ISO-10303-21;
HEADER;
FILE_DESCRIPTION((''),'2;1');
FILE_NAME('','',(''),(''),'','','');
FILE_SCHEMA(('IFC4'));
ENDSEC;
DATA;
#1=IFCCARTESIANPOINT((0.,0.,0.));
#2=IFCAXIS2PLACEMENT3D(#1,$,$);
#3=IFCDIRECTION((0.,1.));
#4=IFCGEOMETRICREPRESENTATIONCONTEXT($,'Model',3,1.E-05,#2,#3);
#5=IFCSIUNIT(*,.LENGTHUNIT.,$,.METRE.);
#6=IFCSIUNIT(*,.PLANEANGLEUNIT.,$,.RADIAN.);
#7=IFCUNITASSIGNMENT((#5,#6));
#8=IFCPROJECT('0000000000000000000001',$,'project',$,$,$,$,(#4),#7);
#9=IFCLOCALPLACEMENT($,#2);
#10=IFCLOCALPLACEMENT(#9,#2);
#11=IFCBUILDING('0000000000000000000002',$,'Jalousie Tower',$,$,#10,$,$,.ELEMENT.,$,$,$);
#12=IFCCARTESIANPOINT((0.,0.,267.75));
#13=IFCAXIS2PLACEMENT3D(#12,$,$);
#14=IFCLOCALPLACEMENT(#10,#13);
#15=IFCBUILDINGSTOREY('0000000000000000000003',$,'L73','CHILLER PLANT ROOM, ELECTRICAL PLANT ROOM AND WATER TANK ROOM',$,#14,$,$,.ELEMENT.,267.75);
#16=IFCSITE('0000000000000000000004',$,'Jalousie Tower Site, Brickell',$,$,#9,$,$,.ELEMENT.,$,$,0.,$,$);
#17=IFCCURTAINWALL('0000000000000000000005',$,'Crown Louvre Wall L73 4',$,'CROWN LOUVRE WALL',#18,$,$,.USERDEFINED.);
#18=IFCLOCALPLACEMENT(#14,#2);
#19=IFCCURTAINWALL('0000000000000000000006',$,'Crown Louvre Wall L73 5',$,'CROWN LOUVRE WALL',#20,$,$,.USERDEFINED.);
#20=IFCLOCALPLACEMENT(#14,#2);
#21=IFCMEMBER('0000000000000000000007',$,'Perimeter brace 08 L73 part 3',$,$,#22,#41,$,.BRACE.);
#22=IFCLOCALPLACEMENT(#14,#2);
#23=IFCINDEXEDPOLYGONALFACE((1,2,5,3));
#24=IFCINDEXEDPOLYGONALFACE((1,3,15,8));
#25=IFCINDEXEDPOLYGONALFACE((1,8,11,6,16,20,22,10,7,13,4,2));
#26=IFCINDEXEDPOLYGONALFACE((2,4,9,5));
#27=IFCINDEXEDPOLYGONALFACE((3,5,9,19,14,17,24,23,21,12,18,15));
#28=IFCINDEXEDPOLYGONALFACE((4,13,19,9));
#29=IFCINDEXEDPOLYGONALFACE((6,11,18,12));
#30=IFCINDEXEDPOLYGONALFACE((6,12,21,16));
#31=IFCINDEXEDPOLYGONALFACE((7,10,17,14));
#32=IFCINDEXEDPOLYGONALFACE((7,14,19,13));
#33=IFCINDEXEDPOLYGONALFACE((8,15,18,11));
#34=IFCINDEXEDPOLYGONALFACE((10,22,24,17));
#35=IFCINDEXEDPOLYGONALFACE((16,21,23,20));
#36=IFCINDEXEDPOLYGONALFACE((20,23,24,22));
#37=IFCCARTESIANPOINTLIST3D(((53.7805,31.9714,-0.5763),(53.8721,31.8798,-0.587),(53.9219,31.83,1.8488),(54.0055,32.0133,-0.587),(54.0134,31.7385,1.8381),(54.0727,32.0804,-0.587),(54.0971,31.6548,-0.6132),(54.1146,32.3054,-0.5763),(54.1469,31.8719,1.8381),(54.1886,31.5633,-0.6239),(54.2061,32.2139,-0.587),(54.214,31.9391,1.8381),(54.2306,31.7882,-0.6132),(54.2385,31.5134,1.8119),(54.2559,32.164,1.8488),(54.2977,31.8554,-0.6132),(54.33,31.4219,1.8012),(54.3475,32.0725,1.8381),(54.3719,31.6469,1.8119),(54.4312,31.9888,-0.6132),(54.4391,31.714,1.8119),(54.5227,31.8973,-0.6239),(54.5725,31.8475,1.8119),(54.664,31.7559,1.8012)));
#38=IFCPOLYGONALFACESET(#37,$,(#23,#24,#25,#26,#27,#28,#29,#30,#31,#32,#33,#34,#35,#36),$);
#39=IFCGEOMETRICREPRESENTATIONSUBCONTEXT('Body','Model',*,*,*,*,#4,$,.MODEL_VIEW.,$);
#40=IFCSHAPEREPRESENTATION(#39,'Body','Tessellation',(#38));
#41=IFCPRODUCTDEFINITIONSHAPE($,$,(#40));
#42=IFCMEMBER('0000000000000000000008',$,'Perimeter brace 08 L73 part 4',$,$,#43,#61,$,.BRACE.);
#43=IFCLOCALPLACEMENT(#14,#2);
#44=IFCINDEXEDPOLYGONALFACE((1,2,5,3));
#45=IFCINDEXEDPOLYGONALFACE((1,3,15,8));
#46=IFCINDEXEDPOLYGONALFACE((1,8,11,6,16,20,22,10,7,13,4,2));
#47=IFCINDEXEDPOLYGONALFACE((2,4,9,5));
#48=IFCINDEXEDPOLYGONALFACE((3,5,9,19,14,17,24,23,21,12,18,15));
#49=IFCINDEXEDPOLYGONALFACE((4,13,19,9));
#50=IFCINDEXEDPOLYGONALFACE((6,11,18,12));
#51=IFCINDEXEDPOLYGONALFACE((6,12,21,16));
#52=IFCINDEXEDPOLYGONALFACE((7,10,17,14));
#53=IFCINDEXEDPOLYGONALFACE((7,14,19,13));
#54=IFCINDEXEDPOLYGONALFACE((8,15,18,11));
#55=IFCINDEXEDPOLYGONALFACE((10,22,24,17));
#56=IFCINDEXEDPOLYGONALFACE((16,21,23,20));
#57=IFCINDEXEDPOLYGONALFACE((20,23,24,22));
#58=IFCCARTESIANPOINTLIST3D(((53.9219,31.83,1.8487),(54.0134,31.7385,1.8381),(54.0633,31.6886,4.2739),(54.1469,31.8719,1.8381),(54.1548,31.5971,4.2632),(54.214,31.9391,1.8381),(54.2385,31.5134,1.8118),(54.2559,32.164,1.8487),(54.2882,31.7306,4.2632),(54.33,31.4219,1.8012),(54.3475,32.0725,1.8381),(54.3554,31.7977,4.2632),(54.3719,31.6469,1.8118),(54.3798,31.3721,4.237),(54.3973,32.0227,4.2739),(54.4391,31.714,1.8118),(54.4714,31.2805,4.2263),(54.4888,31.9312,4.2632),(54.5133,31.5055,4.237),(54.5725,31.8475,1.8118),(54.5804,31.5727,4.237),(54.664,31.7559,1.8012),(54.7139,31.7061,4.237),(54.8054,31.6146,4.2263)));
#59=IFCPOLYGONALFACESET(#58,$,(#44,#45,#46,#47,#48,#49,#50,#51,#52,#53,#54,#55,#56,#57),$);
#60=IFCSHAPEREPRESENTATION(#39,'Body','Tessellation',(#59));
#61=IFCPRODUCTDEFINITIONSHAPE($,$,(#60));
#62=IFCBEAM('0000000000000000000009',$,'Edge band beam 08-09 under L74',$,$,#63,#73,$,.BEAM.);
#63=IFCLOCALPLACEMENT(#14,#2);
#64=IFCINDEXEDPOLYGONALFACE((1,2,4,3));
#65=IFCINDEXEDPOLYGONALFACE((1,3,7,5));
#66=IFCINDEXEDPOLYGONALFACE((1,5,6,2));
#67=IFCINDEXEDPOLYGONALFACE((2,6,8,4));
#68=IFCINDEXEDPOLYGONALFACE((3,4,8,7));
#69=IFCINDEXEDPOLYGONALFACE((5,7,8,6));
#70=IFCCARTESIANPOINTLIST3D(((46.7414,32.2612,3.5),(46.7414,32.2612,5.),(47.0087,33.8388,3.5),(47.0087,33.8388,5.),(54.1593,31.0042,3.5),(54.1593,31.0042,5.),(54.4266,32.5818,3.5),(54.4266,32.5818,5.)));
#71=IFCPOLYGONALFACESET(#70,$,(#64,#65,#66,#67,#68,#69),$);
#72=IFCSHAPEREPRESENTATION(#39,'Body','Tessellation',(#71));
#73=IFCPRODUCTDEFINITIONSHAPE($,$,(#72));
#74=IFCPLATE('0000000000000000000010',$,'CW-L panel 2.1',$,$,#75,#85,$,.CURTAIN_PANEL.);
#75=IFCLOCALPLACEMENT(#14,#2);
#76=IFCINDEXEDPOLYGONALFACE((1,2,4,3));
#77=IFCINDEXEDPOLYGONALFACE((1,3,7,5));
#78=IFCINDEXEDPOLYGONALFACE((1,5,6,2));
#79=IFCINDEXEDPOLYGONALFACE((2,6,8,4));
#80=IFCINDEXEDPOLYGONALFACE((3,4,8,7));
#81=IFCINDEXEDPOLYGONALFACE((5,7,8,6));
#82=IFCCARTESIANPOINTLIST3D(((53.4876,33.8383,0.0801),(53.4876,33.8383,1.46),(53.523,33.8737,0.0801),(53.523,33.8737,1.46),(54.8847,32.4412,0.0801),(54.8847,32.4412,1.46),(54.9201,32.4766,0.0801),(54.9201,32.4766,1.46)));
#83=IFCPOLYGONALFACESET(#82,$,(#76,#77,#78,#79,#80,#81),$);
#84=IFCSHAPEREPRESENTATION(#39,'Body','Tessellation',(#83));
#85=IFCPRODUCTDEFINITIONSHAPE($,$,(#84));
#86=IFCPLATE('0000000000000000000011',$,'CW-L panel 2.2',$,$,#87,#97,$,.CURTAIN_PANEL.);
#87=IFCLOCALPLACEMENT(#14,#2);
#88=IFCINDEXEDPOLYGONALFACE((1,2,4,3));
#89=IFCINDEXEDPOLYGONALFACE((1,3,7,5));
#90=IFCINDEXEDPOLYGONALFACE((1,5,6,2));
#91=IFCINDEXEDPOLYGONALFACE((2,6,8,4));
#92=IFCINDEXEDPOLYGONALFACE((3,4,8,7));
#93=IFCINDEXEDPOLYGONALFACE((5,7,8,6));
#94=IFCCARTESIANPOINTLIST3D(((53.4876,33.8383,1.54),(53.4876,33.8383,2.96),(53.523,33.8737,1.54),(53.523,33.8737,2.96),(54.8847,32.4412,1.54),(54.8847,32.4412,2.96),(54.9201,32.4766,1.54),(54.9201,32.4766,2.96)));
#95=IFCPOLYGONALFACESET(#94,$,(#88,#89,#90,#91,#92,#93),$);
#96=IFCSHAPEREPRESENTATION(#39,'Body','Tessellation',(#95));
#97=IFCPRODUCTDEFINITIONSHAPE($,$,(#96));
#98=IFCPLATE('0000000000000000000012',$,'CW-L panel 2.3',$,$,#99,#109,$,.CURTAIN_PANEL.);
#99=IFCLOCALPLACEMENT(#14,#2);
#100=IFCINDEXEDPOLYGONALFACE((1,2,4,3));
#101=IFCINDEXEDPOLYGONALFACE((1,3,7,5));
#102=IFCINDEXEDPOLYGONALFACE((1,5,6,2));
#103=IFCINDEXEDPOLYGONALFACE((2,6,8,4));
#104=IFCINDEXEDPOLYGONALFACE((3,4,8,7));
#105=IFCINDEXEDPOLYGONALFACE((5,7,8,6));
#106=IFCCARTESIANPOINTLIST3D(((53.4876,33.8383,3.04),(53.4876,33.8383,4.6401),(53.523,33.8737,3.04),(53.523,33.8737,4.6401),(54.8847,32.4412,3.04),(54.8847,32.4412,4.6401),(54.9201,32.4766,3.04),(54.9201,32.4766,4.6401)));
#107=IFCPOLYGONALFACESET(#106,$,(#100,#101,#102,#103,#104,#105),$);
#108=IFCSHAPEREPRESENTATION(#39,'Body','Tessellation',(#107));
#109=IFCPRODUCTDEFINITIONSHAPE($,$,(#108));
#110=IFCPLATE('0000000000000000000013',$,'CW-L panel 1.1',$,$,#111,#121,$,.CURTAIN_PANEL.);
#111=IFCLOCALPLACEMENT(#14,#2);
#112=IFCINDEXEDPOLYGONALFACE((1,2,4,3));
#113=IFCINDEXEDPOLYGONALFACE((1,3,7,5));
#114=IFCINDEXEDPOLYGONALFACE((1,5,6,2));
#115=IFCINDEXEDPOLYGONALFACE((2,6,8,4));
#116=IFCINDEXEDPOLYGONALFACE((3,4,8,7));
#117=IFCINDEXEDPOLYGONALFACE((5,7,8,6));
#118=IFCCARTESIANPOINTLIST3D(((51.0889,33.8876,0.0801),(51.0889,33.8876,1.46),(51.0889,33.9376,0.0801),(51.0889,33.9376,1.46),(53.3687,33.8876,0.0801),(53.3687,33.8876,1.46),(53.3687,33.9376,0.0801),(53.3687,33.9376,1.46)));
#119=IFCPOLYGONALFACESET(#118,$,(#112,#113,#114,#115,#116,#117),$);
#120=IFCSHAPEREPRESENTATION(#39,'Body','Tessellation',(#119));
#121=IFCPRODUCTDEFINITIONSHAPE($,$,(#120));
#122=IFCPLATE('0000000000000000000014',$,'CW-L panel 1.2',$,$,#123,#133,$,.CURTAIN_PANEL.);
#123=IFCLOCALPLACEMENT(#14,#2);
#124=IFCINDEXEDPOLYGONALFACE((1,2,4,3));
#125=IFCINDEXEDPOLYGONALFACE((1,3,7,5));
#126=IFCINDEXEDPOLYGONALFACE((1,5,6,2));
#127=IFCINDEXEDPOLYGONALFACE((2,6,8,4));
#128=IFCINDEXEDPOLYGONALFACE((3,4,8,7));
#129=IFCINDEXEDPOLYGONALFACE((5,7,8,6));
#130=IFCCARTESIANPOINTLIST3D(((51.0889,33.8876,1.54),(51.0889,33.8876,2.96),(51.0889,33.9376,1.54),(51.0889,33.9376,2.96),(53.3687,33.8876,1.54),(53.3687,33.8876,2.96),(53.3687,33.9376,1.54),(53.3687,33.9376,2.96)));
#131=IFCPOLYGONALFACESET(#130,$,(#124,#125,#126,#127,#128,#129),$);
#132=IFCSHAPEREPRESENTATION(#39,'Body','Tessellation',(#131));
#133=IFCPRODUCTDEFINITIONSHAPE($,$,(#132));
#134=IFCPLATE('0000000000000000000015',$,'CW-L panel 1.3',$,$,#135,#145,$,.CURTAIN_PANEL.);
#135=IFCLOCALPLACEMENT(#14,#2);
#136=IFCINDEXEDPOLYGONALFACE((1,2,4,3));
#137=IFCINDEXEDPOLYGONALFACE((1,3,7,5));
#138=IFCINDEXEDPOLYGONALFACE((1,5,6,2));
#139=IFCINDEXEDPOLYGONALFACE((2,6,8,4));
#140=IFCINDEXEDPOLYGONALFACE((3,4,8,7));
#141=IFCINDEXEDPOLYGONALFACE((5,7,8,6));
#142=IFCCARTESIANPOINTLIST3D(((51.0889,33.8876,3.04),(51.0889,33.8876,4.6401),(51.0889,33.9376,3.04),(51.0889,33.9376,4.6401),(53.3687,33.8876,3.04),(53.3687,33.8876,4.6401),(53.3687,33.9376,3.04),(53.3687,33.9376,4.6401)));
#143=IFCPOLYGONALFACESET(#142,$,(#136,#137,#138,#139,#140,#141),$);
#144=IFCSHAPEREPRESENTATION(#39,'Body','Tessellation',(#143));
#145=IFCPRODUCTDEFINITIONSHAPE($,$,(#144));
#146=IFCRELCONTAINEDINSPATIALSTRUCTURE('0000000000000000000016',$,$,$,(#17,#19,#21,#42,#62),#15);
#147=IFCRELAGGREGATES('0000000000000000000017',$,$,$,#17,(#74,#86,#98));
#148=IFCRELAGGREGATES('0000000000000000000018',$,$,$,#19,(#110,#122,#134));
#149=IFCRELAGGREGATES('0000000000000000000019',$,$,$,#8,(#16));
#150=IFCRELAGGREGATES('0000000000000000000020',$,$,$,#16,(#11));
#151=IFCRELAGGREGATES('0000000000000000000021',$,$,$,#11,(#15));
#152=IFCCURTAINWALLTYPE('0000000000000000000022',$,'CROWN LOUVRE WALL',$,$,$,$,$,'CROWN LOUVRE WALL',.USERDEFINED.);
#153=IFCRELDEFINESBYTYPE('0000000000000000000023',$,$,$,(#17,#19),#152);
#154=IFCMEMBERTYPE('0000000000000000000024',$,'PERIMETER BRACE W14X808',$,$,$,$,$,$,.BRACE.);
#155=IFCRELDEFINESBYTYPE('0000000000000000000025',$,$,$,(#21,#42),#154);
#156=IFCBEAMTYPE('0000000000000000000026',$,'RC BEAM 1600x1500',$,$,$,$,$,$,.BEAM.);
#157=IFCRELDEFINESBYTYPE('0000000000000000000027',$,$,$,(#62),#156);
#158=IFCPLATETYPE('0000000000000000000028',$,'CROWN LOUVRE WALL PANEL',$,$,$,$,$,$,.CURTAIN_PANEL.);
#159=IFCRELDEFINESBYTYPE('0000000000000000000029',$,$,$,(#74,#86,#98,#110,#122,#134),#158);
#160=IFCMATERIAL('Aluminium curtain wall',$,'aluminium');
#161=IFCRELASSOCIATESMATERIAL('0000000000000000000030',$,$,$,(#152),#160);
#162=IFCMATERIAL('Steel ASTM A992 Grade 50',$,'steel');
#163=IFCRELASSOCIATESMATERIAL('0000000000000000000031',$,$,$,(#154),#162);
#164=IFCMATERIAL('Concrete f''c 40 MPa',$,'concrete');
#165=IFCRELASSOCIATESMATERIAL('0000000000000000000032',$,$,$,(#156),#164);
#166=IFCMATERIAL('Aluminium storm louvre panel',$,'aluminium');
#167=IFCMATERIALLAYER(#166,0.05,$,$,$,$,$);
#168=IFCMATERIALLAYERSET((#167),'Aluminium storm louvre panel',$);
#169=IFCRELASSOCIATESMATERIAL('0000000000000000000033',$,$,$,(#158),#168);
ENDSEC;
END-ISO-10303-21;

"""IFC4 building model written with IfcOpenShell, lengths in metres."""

from ifc_helpers import new_model, si_unit, direction, frame, origin, origin_2d, place, context, subcontext, project, spatial, rectangle, i_section, extrude, material, layer, layer_set, material_profile, profile_set, type_object, element, aggregate, save


model = new_model("IFC4")

# Units and contexts
model_context = context("Model", 3, precision=1e-05, world=origin(), true_north=direction((0.0, 1.0)))
body_context = subcontext(model_context, "Body", "Model", "MODEL_VIEW")
ifc_project = project(units=[si_unit("LENGTHUNIT", "METRE"), si_unit("PLANEANGLEUNIT", "RADIAN")], contexts=[model_context])

# Site, building, storey
site_placement = place(None, origin())
site = spatial("IfcSite", under=ifc_project, at=site_placement, Name="Jalousie Tower Site, Brickell", CompositionType="ELEMENT", RefElevation=0.0)
building_placement = place(site_placement, origin())
building = spatial("IfcBuilding", under=site, at=building_placement, Name="Jalousie Tower", CompositionType="ELEMENT")
storey_placement = place(building_placement, frame((0.0, 0.0, 267.75)))
storey = spatial("IfcBuildingStorey", under=building, at=storey_placement, Name="L73", Description="CHILLER PLANT ROOM, ELECTRICAL PLANT ROOM AND WATER TANK ROOM", CompositionType="ELEMENT", Elevation=267.75)

# Curtain wall
ifc_material_1 = material(Name="Aluminium curtain wall", Category="aluminium")
curtain_wall_type = type_object("IfcCurtainWallType", Name="CROWN LOUVRE WALL", ElementType="CROWN LOUVRE WALL", PredefinedType="USERDEFINED", material=ifc_material_1)
curtain_wall_1_placement = place(storey_placement, origin())
curtain_wall_1 = element("IfcCurtainWall", 1, at=curtain_wall_1_placement, inside=storey, type_object=curtain_wall_type, Name="Crown Louvre Wall L73 4", ObjectType="CROWN LOUVRE WALL", PredefinedType="USERDEFINED")

# Curtain wall
curtain_wall_2_placement = place(storey_placement, origin())
curtain_wall_2 = element("IfcCurtainWall", 2, at=curtain_wall_2_placement, inside=storey, type_object=curtain_wall_type, Name="Crown Louvre Wall L73 5", ObjectType="CROWN LOUVRE WALL", PredefinedType="USERDEFINED")

# Members
ifc_material_2 = material(Name="Steel ASTM A992 Grade 50", Category="steel")
ifc_material_profile_1 = material_profile(ifc_material_2, i_section(OverallWidth=0.4724, OverallDepth=0.5791, WebThickness=0.095, FlangeThickness=0.1299, at=origin_2d()), Name="W14X808")
ifc_profile_set_1 = profile_set([ifc_material_profile_1], Name="Steel ASTM A992 Grade 50")
member_type_1 = type_object("IfcMemberType", Name="PERIMETER BRACE W14X808", PredefinedType="BRACE", material=ifc_profile_set_1)
for number, where, z_axis, x_axis, name in (
    (3, (54.1516, 31.9343, -0.6001), (0.058093, -0.058093, 0.996619), (0.707107, 0.707107, 0.0), "Perimeter brace 08 L73 part 3"),
    (4, (54.293, 31.793, 1.825), (0.058093, -0.058093, 0.996619), (0.707107, 0.707107, 0.0), "Perimeter brace 08 L73 part 4"),
):
    element("IfcMember", number, at=place(storey_placement, frame(where, z_axis=z_axis, x_axis=x_axis)), inside=storey, type_object=member_type_1, Name=name, PredefinedType="BRACE", context=body_context, shape_type="SweptSolid", body=[
        extrude(i_section(OverallWidth=0.4724, OverallDepth=0.5791, WebThickness=0.095, FlangeThickness=0.1299, at=origin_2d()), origin(), (0.0, 0.0, 1.0), 2.4333),
    ])

# Beam
ifc_material_3 = material(Name="Concrete f'c 40 MPa", Category="concrete")
ifc_material_profile_2 = material_profile(ifc_material_3, rectangle(XDim=1.6001, YDim=1.5, at=origin_2d()), Name="RC 1600x1500")
ifc_profile_set_2 = profile_set([ifc_material_profile_2], Name="Concrete f'c 40 MPa")
beam_type = type_object("IfcBeamType", Name="RC BEAM 1600x1500", PredefinedType="BEAM", material=ifc_profile_set_2)
beam_placement = place(storey_placement, frame((54.293, 31.793, 4.25), z_axis=(-0.985943, 0.167082, 0.0), x_axis=(-0.167082, -0.985943, 0.0)))
element("IfcBeam", 5, at=beam_placement, inside=storey, type_object=beam_type, Name="Edge band beam 08-09 under L74", PredefinedType="BEAM", context=body_context, shape_type="SweptSolid", body=[
    extrude(rectangle(XDim=1.6001, YDim=1.5, at=origin_2d()), origin(), (0.0, 0.0, 1.0), 7.5237),
])

# Plates
ifc_material_4 = material(Name="Aluminium storm louvre panel", Category="aluminium")
ifc_layer = layer(ifc_material_4, 0.05)
ifc_layer_set = layer_set([ifc_layer], Name="Aluminium storm louvre panel")
plate_type = type_object("IfcPlateType", Name="CROWN LOUVRE WALL PANEL", PredefinedType="CURTAIN_PANEL", material=ifc_layer_set)
plate_1_placement = place(storey_placement, frame((54.2039, 33.1575, 0.0801), z_axis=(0.0, 0.0, 1.0), x_axis=(-0.707107, 0.707107, 0.0)))
plate_1 = element("IfcPlate", 6, at=plate_1_placement, type_object=plate_type, Name="CW-L panel 2.1", PredefinedType="CURTAIN_PANEL", context=body_context, shape_type="SweptSolid", body=[
    extrude(rectangle(XDim=1.9758, YDim=0.05, at=origin_2d()), origin(), (0.0, 0.0, 1.0), 1.3799),
])
plate_2_placement = place(storey_placement, frame((54.2039, 33.1575, 1.54), z_axis=(0.0, 0.0, 1.0), x_axis=(-0.707107, 0.707107, 0.0)))
plate_2 = element("IfcPlate", 7, at=plate_2_placement, type_object=plate_type, Name="CW-L panel 2.2", PredefinedType="CURTAIN_PANEL", context=body_context, shape_type="SweptSolid", body=[
    extrude(rectangle(XDim=1.9758, YDim=0.05, at=origin_2d()), origin(), (0.0, 0.0, 1.0), 1.4199),
])
plate_3_placement = place(storey_placement, frame((54.2039, 33.1575, 3.04), z_axis=(0.0, 0.0, 1.0), x_axis=(-0.707107, 0.707107, 0.0)))
plate_3 = element("IfcPlate", 8, at=plate_3_placement, type_object=plate_type, Name="CW-L panel 2.3", PredefinedType="CURTAIN_PANEL", context=body_context, shape_type="SweptSolid", body=[
    extrude(rectangle(XDim=1.9758, YDim=0.05, at=origin_2d()), origin(), (0.0, 0.0, 1.0), 1.6001),
])
aggregate(curtain_wall_1, [plate_1, plate_2, plate_3])
plate_4_placement = place(storey_placement, frame((52.2288, 33.9126, 0.0801), z_axis=(0.0, 0.0, 1.0), x_axis=(-1.0, 0.0, 0.0)))
plate_4 = element("IfcPlate", 9, at=plate_4_placement, type_object=plate_type, Name="CW-L panel 1.1", PredefinedType="CURTAIN_PANEL", context=body_context, shape_type="SweptSolid", body=[
    extrude(rectangle(XDim=2.2798, YDim=0.05, at=origin_2d()), origin(), (0.0, 0.0, 1.0), 1.3799),
])
plate_5_placement = place(storey_placement, frame((52.2288, 33.9126, 1.54), z_axis=(0.0, 0.0, 1.0), x_axis=(-1.0, 0.0, 0.0)))
plate_5 = element("IfcPlate", 10, at=plate_5_placement, type_object=plate_type, Name="CW-L panel 1.2", PredefinedType="CURTAIN_PANEL", context=body_context, shape_type="SweptSolid", body=[
    extrude(rectangle(XDim=2.2798, YDim=0.05, at=origin_2d()), origin(), (0.0, 0.0, 1.0), 1.4199),
])
plate_6_placement = place(storey_placement, frame((52.2288, 33.9126, 3.04), z_axis=(0.0, 0.0, 1.0), x_axis=(-1.0, 0.0, 0.0)))
plate_6 = element("IfcPlate", 11, at=plate_6_placement, type_object=plate_type, Name="CW-L panel 1.3", PredefinedType="CURTAIN_PANEL", context=body_context, shape_type="SweptSolid", body=[
    extrude(rectangle(XDim=2.2798, YDim=0.05, at=origin_2d()), origin(), (0.0, 0.0, 1.0), 1.6001),
])
aggregate(curtain_wall_2, [plate_4, plate_5, plate_6])

save(model, "model.ifc")
